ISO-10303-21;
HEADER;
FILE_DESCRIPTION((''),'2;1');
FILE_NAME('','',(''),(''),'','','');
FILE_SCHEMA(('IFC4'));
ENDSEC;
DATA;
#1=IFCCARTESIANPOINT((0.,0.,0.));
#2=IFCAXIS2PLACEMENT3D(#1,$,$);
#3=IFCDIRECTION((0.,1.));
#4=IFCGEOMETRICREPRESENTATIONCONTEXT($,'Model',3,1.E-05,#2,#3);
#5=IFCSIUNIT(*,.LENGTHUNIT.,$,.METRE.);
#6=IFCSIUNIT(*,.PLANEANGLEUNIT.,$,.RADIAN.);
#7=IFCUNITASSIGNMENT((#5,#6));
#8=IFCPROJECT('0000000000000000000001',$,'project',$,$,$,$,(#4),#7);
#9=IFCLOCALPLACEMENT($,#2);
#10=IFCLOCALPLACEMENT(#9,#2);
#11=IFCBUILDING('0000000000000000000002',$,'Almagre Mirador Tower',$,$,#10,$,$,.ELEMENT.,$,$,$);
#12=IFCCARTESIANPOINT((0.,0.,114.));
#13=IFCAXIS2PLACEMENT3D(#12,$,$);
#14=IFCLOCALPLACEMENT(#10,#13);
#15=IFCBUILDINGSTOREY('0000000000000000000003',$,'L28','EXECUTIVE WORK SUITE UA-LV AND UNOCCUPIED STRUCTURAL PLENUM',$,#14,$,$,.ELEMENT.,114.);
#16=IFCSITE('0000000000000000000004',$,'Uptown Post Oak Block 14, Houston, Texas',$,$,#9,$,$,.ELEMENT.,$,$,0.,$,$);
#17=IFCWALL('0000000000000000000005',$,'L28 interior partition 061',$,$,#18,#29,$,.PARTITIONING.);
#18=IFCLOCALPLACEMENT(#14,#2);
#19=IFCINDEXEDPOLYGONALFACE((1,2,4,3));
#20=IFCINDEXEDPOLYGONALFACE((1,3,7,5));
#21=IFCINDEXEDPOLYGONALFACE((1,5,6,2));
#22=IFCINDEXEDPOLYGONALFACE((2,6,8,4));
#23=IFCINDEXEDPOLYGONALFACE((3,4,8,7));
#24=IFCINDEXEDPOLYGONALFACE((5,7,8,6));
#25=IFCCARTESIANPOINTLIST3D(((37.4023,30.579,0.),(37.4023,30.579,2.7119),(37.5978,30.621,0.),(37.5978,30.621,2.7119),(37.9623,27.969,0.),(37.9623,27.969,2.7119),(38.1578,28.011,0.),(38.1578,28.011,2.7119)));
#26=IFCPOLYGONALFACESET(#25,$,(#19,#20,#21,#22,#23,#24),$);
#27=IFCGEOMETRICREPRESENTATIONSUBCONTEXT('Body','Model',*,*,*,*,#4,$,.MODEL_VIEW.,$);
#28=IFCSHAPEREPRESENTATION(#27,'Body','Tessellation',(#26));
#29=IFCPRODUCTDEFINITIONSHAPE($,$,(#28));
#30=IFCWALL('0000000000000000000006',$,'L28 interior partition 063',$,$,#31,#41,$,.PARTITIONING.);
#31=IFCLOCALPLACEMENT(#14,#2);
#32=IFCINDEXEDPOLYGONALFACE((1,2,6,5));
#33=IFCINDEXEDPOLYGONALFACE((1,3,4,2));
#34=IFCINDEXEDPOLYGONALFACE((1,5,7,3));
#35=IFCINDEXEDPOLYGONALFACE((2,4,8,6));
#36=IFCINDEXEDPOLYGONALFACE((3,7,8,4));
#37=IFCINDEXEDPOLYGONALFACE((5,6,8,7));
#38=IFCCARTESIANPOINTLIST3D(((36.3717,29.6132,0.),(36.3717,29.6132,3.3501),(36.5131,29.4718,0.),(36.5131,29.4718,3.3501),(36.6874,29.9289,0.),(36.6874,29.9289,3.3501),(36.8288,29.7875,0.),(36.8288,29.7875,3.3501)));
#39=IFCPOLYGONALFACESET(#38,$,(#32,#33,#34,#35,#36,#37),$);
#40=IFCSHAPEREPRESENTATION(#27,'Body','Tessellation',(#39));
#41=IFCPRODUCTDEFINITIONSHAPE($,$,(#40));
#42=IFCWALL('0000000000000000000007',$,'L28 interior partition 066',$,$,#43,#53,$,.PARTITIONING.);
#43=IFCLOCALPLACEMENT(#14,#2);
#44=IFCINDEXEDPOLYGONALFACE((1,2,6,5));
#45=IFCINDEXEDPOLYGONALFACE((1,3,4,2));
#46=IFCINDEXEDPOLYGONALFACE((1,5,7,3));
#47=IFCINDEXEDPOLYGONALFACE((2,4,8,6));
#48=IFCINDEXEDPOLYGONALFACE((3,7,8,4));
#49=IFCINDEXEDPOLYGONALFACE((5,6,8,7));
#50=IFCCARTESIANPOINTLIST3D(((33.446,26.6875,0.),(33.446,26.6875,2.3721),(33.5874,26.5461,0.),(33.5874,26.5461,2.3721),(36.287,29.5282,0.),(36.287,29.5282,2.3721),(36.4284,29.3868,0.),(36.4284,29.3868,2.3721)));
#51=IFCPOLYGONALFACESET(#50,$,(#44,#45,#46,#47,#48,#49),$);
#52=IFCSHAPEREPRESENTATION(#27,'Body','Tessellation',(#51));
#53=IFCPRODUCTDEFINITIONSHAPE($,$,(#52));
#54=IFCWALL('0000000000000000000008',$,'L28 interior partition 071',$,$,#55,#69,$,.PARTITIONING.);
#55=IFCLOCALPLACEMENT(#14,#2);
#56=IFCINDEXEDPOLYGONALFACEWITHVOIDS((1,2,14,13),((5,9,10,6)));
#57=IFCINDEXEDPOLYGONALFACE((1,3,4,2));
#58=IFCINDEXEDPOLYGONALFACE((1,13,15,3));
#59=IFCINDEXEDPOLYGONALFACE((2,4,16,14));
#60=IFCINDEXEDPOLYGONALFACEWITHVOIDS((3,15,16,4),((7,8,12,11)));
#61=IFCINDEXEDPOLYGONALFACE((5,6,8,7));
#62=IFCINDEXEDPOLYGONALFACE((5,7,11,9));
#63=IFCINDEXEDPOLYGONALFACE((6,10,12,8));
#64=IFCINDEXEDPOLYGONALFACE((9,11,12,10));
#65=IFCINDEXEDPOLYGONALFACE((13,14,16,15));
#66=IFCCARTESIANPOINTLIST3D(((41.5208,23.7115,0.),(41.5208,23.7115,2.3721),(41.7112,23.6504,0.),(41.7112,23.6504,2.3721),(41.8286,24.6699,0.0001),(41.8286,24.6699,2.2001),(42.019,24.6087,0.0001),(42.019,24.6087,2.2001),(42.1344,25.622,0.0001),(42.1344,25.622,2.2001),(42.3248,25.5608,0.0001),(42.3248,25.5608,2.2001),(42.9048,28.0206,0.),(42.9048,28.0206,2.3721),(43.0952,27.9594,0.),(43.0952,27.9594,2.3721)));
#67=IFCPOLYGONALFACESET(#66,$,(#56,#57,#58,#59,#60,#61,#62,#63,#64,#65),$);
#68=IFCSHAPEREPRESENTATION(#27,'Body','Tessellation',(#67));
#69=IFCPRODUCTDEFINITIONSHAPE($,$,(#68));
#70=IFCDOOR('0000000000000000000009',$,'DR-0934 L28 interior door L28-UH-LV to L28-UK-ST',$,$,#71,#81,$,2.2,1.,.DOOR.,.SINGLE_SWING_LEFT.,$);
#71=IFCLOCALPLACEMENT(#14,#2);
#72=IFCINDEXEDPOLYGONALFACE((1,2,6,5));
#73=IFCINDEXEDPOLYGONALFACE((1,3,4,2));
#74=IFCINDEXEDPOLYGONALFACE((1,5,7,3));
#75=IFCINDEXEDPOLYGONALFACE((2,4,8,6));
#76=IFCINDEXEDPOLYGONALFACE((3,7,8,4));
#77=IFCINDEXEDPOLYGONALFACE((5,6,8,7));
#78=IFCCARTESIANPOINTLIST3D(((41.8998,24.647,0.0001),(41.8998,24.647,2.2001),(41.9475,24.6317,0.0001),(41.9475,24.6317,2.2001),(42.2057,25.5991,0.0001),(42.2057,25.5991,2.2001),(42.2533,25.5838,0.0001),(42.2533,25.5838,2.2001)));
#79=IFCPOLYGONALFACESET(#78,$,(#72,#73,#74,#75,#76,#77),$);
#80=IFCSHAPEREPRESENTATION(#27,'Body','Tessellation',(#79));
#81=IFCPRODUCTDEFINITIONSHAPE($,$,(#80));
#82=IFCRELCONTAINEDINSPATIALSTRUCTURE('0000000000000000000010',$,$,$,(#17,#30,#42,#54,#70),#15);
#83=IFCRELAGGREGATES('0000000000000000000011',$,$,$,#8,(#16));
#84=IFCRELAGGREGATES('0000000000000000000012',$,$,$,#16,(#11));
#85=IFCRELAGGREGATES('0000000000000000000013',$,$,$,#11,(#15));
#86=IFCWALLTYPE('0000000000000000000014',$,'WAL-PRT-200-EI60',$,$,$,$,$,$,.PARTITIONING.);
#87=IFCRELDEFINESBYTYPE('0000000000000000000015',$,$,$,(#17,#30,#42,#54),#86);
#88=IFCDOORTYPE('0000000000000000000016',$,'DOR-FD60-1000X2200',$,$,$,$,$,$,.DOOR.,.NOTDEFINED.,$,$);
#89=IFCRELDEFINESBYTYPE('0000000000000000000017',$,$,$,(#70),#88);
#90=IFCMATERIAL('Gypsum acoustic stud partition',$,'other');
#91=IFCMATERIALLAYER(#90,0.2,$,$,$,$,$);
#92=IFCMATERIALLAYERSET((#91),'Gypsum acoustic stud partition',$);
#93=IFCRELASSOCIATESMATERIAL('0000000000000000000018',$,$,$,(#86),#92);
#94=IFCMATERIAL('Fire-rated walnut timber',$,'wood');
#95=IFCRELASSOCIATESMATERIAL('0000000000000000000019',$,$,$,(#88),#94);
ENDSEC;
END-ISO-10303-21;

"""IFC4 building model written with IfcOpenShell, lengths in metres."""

from ifc_helpers import new_model, si_unit, direction, frame, frame_2d, origin, place, context, subcontext, project, spatial, rectangle, extrude, material, layer, layer_set, type_object, element, fill, save


model = new_model("IFC4")

# Units and contexts
model_context = context("Model", 3, precision=1e-05, world=origin(), true_north=direction((0.0, 1.0)))
body_context = subcontext(model_context, "Body", "Model", "MODEL_VIEW")
ifc_project = project(units=[si_unit("LENGTHUNIT", "METRE"), si_unit("PLANEANGLEUNIT", "RADIAN")], contexts=[model_context])

# Site, building, storey
site_placement = place(None, origin())
site = spatial("IfcSite", under=ifc_project, at=site_placement, Name="Uptown Post Oak Block 14, Houston, Texas", CompositionType="ELEMENT", RefElevation=0.0)
building_placement = place(site_placement, origin())
building = spatial("IfcBuilding", under=site, at=building_placement, Name="Almagre Mirador Tower", CompositionType="ELEMENT")
storey_placement = place(building_placement, frame((0.0, 0.0, 114.0)))
storey = spatial("IfcBuildingStorey", under=building, at=storey_placement, Name="L28", Description="EXECUTIVE WORK SUITE UA-LV AND UNOCCUPIED STRUCTURAL PLENUM", CompositionType="ELEMENT", Elevation=114.0)

# Walls
ifc_material_1 = material(Name="Gypsum acoustic stud partition", Category="other")
ifc_layer_1 = layer(ifc_material_1, 0.2)
ifc_layer_set_1 = layer_set([ifc_layer_1], Name="Gypsum acoustic stud partition")
wall_type_1 = type_object("IfcWallType", Name="WAL-PRT-200-EI60", PredefinedType="PARTITIONING", material=ifc_layer_set_1)
wall_1_placement = place(storey_placement, frame((38.0601, 27.99, 0.0), z_axis=(0.0, 0.0, 1.0), x_axis=(-0.209798, 0.977745, 0.0)))
element("IfcWall", 1, at=wall_1_placement, inside=storey, type_object=wall_type_1, Name="L28 interior partition 061", PredefinedType="PARTITIONING", context=body_context, shape_type="SweptSolid", body=[
    extrude(rectangle(XDim=2.6694, YDim=0.2, at=frame_2d((1.3347, 0.0))), origin(), (0.0, 0.0, 1.0), 2.7119),
])
wall_2_placement = place(storey_placement, frame((36.7581, 29.8582, 0.0), z_axis=(0.0, 0.0, 1.0), x_axis=(-0.707107, -0.707107, 0.0)))
element("IfcWall", 2, at=wall_2_placement, inside=storey, type_object=wall_type_1, Name="L28 interior partition 063", PredefinedType="PARTITIONING", context=body_context, shape_type="SweptSolid", body=[
    extrude(rectangle(XDim=0.4465, YDim=0.2, at=frame_2d((0.2231, 0.0))), origin(), (0.0, 0.0, 1.0), 3.3501),
])
wall_3_placement = place(storey_placement, frame((36.3577, 29.4575, 0.0), z_axis=(0.0, 0.0, 1.0), x_axis=(-0.707137, -0.707076, 0.0)))
element("IfcWall", 3, at=wall_3_placement, inside=storey, type_object=wall_type_1, Name="L28 interior partition 066", PredefinedType="PARTITIONING", context=body_context, shape_type="SweptSolid", body=[
    extrude(rectangle(XDim=4.0176, YDim=0.2, at=frame_2d((2.0088, 0.0))), origin(), (0.0, 0.0, 1.0), 2.3721),
])

# Wall, opening, door
wall_4_placement = place(storey_placement, frame((43.0, 27.99, 0.0), z_axis=(0.0, 0.0, 1.0), x_axis=(-0.305803, -0.952095, 0.0)))
wall_4 = element("IfcWall", 4, at=wall_4_placement, inside=storey, type_object=wall_type_1, Name="L28 interior partition 071", PredefinedType="PARTITIONING", context=body_context, shape_type="SweptSolid", body=[
    extrude(rectangle(XDim=4.5259, YDim=0.2, at=frame_2d((2.2629, 0.0))), origin(), (0.0, 0.0, 1.0), 2.3721),
])
opening_1_placement = place(wall_4_placement, frame((2.5193, 0.0, 0.0)))
opening_1 = element("IfcOpeningElement", 5, at=opening_1_placement, cuts=wall_4, PredefinedType="OPENING", context=body_context, shape_type="SweptSolid", body=[
    extrude(rectangle(XDim=1.0, YDim=2.2, at=frame_2d((0.5, 1.1001))), frame((0.0, 0.1101, 0.0), z_axis=(0.0, -1.0, 0.0), x_axis=(1.0, 0.0, 0.0)), (0.0, 0.0, 1.0), 0.22),
])
ifc_material_2 = material(Name="Fire-rated walnut timber", Category="wood")
door_type_1 = type_object("IfcDoorType", Name="DOR-FD60-1000X2200", OperationType="NOTDEFINED", PredefinedType="DOOR", material=ifc_material_2)
door_1_placement = place(opening_1_placement, origin())
door_1 = element("IfcDoor", 6, at=door_1_placement, inside=storey, type_object=door_type_1, Name="DR-0934 L28 interior door L28-UH-LV to L28-UK-ST", OperationType="SINGLE_SWING_LEFT", OverallHeight=2.2, OverallWidth=1.0, PredefinedType="DOOR", context=body_context, shape_type="SweptSolid", body=[
    extrude(rectangle(XDim=1.0, YDim=2.2, at=frame_2d((0.5, 1.1001))), frame((0.0, 0.0249, 0.0), z_axis=(0.0, -1.0, 0.0), x_axis=(1.0, 0.0, 0.0)), (0.0, 0.0, 1.0), 0.05),
])
fill(opening_1, door_1)

save(model, "model.ifc")
